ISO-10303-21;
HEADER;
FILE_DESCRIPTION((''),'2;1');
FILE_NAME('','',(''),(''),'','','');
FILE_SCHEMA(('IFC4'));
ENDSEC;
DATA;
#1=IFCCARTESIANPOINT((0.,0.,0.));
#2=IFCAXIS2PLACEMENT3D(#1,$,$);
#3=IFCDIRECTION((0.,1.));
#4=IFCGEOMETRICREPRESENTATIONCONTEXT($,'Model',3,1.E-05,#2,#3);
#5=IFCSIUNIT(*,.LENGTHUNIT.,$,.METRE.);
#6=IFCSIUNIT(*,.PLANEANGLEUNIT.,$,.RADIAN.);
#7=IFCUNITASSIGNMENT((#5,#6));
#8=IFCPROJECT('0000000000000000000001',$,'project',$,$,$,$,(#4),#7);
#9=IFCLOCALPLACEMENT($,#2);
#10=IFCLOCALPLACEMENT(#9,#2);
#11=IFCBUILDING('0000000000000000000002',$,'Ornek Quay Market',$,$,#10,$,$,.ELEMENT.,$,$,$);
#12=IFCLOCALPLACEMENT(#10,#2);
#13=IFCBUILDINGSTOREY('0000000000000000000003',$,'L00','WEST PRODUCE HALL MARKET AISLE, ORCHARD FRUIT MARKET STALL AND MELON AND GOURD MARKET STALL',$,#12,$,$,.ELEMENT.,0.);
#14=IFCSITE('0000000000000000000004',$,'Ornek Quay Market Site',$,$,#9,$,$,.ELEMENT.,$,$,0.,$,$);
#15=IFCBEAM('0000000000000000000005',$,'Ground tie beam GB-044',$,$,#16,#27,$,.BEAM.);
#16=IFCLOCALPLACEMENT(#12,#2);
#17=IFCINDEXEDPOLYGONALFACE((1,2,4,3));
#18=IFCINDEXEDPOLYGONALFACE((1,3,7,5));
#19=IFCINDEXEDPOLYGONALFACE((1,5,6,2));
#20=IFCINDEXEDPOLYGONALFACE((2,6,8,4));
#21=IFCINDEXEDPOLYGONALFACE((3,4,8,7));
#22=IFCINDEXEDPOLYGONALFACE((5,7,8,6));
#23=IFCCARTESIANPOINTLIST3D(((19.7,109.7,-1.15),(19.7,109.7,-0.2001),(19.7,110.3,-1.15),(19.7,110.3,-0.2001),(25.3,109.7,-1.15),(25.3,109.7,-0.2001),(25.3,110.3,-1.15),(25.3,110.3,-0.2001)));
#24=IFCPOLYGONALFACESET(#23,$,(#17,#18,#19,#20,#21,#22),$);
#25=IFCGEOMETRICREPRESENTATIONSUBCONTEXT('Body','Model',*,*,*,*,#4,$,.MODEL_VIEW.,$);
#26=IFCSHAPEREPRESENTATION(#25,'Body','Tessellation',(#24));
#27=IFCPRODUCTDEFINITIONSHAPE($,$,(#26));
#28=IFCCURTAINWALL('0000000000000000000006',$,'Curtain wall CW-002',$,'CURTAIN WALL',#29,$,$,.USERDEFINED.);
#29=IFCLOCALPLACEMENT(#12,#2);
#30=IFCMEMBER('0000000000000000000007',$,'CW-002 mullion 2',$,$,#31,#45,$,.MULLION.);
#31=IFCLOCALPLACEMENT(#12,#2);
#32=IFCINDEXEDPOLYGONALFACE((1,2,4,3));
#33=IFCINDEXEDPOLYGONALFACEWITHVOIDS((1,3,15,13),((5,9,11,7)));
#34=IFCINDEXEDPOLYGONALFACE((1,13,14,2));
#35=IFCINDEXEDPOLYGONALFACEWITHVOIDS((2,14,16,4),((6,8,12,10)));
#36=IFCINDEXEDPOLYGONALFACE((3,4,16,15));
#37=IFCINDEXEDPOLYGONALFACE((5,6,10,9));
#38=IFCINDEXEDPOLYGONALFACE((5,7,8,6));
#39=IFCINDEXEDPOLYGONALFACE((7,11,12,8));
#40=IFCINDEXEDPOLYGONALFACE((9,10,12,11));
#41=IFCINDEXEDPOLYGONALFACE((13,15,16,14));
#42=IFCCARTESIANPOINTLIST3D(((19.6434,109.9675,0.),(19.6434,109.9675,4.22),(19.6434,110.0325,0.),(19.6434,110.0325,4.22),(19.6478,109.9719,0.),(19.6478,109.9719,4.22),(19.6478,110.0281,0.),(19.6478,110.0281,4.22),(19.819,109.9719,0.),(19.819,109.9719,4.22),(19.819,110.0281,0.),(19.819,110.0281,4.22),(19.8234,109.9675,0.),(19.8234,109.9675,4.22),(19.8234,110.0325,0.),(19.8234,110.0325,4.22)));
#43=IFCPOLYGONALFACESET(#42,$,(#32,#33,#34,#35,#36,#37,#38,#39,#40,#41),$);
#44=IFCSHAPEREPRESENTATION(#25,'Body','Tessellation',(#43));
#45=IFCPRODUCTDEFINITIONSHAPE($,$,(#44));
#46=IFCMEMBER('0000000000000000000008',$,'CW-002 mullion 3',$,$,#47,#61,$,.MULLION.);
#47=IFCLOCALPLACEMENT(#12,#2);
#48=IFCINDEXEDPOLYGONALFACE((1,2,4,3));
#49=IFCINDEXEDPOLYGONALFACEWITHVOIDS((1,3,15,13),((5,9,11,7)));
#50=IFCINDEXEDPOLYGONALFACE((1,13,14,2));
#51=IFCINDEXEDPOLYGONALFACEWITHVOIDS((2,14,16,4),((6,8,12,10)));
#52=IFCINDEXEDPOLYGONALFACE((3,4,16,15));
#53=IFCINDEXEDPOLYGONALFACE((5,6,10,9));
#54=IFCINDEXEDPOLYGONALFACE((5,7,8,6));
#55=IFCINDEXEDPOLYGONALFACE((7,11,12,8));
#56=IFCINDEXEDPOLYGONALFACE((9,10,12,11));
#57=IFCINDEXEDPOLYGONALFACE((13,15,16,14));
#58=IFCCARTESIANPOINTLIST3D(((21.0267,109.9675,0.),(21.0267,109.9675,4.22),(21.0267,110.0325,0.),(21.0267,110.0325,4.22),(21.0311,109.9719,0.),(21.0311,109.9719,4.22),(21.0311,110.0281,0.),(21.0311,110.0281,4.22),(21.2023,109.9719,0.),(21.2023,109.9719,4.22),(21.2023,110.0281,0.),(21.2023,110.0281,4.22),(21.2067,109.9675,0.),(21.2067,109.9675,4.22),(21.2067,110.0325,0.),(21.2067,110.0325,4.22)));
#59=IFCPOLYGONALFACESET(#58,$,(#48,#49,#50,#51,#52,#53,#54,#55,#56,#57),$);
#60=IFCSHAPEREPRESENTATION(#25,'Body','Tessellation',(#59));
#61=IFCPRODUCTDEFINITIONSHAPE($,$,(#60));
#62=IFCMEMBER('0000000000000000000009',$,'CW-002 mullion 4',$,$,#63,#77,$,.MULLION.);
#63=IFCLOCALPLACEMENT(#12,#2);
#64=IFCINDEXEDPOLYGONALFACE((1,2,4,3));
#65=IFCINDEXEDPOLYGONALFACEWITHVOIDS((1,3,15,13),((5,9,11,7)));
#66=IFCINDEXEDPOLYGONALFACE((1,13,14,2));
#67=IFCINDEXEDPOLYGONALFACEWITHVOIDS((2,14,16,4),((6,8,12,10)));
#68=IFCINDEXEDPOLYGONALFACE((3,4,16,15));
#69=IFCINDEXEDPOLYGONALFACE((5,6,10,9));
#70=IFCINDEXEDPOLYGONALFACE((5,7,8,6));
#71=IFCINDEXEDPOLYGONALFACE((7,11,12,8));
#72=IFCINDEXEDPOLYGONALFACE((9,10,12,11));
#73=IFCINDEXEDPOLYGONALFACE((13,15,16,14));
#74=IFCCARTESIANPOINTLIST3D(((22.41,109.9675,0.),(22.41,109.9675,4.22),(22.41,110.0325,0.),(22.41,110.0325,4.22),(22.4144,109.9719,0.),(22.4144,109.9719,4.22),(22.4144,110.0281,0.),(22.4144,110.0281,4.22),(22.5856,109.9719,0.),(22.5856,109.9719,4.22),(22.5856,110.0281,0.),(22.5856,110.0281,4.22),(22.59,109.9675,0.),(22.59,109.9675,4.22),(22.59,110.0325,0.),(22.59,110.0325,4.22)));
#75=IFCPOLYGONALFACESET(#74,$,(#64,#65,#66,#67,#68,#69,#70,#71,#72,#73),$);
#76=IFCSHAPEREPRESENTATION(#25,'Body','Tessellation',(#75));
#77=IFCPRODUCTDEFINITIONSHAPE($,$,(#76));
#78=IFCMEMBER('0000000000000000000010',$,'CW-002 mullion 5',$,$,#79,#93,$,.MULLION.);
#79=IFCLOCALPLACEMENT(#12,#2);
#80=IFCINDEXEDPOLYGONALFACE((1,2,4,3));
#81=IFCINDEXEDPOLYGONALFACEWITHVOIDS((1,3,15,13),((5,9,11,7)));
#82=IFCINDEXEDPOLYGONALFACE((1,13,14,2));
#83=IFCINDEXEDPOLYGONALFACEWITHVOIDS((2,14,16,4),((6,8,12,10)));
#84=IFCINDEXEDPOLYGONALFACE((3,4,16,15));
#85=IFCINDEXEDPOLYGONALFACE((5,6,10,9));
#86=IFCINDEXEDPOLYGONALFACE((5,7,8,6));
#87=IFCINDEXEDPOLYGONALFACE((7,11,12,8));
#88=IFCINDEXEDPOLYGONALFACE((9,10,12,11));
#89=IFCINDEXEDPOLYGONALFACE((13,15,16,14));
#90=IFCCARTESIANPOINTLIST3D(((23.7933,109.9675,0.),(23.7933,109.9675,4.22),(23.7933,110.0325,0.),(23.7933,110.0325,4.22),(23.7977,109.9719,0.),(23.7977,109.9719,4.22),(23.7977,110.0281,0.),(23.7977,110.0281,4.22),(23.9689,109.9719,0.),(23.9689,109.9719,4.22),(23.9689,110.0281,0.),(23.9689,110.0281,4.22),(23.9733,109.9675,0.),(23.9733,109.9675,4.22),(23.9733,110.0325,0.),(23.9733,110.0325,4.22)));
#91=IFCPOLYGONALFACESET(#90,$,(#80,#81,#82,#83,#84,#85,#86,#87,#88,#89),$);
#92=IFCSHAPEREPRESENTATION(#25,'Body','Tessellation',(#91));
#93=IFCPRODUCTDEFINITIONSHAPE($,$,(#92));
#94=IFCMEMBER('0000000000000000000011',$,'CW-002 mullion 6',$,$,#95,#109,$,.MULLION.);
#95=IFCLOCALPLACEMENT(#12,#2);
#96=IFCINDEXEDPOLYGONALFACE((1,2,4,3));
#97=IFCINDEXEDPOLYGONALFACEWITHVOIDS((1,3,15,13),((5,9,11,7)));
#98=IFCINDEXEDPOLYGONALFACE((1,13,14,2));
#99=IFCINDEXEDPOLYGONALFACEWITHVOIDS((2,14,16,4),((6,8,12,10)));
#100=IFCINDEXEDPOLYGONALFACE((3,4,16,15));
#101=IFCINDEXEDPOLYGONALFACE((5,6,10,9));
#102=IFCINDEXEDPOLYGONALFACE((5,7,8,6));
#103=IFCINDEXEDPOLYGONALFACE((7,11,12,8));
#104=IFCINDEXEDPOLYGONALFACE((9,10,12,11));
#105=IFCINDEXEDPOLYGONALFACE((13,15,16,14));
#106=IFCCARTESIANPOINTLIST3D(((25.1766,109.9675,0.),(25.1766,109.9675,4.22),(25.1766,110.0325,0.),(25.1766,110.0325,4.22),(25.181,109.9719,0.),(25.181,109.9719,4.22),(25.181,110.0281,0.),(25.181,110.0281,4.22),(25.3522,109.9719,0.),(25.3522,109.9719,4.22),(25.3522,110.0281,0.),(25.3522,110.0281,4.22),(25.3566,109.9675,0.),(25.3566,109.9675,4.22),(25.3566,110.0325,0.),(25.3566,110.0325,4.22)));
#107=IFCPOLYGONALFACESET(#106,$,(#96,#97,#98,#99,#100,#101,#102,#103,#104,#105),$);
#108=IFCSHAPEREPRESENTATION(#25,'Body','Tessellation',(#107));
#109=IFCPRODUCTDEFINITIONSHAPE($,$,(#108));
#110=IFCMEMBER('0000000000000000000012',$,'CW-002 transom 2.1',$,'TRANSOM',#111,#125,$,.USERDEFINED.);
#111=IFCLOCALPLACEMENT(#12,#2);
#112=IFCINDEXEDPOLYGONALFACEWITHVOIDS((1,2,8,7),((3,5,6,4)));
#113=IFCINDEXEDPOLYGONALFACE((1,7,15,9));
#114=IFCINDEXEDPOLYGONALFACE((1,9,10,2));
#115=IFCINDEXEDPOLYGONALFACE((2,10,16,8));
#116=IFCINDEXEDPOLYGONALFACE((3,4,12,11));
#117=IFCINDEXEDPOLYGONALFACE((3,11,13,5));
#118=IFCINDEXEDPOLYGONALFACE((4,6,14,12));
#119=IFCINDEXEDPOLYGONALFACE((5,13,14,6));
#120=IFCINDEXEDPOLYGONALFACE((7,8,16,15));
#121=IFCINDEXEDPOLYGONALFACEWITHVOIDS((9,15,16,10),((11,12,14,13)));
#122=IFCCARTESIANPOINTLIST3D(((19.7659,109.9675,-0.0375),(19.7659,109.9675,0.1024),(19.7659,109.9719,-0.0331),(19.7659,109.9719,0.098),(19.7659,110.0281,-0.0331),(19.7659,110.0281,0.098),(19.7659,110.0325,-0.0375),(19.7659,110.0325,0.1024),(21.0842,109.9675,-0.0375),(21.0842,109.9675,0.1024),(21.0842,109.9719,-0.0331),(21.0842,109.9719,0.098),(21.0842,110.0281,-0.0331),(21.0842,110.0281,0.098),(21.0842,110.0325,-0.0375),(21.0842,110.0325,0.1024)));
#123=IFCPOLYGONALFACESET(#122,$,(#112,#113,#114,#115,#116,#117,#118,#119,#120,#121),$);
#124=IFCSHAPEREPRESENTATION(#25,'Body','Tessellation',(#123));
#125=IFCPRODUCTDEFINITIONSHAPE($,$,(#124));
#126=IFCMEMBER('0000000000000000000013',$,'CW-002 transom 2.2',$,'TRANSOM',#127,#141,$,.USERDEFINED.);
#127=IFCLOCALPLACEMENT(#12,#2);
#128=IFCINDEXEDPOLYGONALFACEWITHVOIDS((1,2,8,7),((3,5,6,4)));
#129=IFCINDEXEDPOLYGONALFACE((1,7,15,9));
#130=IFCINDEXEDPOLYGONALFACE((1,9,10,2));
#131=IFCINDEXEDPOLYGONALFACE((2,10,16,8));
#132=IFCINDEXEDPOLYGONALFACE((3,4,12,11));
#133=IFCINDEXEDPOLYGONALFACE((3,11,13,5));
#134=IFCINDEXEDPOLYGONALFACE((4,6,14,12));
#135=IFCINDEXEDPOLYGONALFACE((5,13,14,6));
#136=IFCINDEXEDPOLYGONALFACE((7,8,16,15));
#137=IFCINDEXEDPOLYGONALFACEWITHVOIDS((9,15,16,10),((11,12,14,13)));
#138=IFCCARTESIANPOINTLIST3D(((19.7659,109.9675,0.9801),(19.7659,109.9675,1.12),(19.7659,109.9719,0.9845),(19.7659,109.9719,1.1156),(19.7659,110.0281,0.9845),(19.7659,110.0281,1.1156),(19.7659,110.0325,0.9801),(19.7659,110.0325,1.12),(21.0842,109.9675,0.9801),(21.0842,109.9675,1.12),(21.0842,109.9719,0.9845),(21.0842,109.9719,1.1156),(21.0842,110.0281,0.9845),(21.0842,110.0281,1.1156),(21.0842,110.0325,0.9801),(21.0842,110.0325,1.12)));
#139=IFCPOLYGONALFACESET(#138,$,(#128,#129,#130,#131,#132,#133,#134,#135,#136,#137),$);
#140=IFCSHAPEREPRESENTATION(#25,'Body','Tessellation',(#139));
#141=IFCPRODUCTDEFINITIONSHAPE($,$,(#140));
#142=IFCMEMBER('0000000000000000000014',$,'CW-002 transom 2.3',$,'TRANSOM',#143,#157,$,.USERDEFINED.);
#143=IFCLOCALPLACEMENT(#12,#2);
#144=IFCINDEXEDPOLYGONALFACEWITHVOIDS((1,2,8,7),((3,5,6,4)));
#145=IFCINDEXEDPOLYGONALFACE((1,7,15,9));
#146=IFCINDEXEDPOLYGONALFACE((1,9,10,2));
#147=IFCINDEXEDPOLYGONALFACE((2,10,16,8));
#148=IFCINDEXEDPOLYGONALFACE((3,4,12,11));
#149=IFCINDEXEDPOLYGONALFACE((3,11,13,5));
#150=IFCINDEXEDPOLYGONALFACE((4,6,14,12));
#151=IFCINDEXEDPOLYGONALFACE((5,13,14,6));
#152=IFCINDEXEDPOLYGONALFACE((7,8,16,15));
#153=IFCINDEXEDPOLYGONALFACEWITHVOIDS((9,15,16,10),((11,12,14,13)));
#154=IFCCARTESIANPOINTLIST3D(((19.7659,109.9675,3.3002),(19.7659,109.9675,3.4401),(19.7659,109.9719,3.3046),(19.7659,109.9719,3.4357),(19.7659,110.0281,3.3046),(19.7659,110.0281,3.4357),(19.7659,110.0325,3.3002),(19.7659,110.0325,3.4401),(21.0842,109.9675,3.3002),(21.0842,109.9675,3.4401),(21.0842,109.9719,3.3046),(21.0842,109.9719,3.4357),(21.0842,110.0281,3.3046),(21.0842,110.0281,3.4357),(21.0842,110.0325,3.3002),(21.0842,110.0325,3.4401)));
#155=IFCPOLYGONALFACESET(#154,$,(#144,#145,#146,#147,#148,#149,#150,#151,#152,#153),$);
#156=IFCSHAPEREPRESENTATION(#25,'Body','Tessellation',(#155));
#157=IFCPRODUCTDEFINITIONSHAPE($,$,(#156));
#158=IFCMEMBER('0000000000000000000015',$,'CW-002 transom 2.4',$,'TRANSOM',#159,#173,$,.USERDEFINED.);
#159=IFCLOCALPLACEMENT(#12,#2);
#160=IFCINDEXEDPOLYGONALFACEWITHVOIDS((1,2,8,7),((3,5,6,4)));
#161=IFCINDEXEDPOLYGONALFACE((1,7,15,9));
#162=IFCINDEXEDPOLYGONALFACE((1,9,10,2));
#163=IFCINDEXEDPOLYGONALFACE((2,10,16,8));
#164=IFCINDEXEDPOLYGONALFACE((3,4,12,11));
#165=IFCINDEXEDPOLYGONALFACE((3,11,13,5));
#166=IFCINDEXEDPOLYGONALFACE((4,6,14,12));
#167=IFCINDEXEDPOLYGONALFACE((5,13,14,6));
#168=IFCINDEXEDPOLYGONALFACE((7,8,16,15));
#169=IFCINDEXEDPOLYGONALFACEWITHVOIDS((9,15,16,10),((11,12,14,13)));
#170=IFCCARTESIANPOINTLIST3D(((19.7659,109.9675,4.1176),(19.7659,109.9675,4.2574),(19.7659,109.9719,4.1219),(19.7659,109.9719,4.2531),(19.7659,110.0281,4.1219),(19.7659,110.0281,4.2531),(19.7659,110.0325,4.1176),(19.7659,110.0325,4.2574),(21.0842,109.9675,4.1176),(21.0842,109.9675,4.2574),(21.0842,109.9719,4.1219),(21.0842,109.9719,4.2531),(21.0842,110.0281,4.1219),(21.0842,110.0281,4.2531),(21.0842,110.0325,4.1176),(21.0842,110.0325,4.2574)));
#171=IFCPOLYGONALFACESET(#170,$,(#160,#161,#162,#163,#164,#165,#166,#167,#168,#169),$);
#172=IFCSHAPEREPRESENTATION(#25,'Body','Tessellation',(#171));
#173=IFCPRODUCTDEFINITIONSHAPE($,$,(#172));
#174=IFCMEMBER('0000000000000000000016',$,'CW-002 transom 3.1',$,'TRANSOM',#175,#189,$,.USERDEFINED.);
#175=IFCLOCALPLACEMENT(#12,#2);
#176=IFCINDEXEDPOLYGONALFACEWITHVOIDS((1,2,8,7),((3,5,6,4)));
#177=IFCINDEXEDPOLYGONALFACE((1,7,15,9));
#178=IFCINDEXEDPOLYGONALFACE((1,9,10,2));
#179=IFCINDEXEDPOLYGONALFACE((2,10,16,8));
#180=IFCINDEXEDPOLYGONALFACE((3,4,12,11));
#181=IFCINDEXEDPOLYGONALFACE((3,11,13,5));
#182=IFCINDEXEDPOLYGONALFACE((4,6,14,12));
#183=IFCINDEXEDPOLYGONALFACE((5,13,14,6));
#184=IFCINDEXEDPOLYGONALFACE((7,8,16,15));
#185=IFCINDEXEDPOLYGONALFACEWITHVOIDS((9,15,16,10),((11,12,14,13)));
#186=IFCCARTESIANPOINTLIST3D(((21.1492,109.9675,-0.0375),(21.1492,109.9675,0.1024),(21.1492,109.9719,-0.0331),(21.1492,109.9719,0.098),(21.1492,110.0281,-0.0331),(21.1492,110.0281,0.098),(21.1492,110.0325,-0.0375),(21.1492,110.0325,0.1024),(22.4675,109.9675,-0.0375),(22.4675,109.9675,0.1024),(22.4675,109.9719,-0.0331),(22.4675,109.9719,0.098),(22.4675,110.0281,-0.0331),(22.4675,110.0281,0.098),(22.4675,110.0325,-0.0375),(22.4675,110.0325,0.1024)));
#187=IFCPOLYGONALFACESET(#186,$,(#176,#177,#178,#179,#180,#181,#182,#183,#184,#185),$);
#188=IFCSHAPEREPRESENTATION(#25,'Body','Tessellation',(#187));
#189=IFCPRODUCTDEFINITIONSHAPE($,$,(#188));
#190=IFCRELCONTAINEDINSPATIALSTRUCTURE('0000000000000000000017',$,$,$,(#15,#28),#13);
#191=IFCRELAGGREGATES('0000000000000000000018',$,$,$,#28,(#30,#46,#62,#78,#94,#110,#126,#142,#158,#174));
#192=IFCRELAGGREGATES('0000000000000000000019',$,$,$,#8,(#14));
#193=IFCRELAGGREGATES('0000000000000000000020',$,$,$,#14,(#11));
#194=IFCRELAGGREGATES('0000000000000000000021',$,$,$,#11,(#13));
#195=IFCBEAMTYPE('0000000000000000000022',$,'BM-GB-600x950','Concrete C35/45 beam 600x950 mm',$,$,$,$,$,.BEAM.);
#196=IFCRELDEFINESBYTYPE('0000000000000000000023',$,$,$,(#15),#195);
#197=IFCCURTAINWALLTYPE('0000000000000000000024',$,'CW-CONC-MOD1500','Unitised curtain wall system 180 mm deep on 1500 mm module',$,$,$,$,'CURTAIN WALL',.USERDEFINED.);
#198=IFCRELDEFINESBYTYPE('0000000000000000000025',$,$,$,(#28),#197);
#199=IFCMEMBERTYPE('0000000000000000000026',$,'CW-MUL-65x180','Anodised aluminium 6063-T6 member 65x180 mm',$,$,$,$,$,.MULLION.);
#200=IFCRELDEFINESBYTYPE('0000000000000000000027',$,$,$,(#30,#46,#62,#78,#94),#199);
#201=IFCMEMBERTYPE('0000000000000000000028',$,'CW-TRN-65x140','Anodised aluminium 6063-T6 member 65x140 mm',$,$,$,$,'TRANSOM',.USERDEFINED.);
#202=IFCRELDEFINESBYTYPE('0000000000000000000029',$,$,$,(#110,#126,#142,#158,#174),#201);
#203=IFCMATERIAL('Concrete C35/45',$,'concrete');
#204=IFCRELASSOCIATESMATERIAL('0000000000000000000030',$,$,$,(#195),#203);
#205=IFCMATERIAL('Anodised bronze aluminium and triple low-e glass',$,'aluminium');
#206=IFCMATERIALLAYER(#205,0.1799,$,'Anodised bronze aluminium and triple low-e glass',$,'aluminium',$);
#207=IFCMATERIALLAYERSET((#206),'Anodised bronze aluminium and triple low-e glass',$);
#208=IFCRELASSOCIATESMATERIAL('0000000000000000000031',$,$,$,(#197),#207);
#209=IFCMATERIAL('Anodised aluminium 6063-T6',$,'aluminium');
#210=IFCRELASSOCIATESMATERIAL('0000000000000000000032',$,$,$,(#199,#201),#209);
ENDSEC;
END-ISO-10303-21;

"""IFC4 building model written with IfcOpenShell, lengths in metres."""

from ifc_helpers import new_model, si_unit, direction, frame, origin, origin_2d, place, context, subcontext, project, spatial, rectangle, hollow_rectangle, extrude, material, layer, layer_set, material_profile, profile_set, type_object, element, aggregate, save


model = new_model("IFC4")

# Units and contexts
model_context = context("Model", 3, precision=1e-05, world=origin(), true_north=direction((0.0, 1.0)))
body_context = subcontext(model_context, "Body", "Model", "MODEL_VIEW")
ifc_project = project(units=[si_unit("LENGTHUNIT", "METRE"), si_unit("PLANEANGLEUNIT", "RADIAN")], contexts=[model_context])

# Site, building, storey
site_placement = place(None, origin())
site = spatial("IfcSite", under=ifc_project, at=site_placement, Name="Ornek Quay Market Site", CompositionType="ELEMENT", RefElevation=0.0)
building_placement = place(site_placement, origin())
building = spatial("IfcBuilding", under=site, at=building_placement, Name="Ornek Quay Market", CompositionType="ELEMENT")
storey_placement = place(building_placement, origin())
storey = spatial("IfcBuildingStorey", under=building, at=storey_placement, Name="L00", Description="WEST PRODUCE HALL MARKET AISLE, ORCHARD FRUIT MARKET STALL AND MELON AND GOURD MARKET STALL", CompositionType="ELEMENT", Elevation=0.0)

# Beam
ifc_material_1 = material(Name="Concrete C35/45", Category="concrete")
ifc_material_profile_1 = material_profile(ifc_material_1, rectangle(XDim=0.6001, YDim=0.95, at=origin_2d()), Name="RC 600x950", Category="concrete")
ifc_profile_set_1 = profile_set([ifc_material_profile_1], Name="Concrete C35/45")
beam_type = type_object("IfcBeamType", Name="BM-GB-600x950", Description="Concrete C35/45 beam 600x950 mm", PredefinedType="BEAM", material=ifc_profile_set_1)
beam_placement = place(storey_placement, frame((19.7, 110.0, -0.675), z_axis=(1.0, 0.0, 0.0), x_axis=(0.0, 1.0, 0.0)))
element("IfcBeam", 1, at=beam_placement, inside=storey, type_object=beam_type, Name="Ground tie beam GB-044", PredefinedType="BEAM", context=body_context, shape_type="SweptSolid", body=[
    extrude(rectangle(XDim=0.6001, YDim=0.95, at=origin_2d()), origin(), (0.0, 0.0, 1.0), 5.6001),
])

# Curtain wall, members
ifc_material_2 = material(Name="Anodised bronze aluminium and triple low-e glass", Category="aluminium")
ifc_layer_1 = layer(ifc_material_2, 0.1799, Name="Anodised bronze aluminium and triple low-e glass", Category="aluminium")
ifc_layer_set_1 = layer_set([ifc_layer_1], Name="Anodised bronze aluminium and triple low-e glass")
curtain_wall_type = type_object("IfcCurtainWallType", Name="CW-CONC-MOD1500", Description="Unitised curtain wall system 180 mm deep on 1500 mm module", ElementType="CURTAIN WALL", PredefinedType="USERDEFINED", material=ifc_layer_set_1)
curtain_wall_placement = place(storey_placement, origin())
curtain_wall = element("IfcCurtainWall", 2, at=curtain_wall_placement, inside=storey, type_object=curtain_wall_type, Name="Curtain wall CW-002", ObjectType="CURTAIN WALL", PredefinedType="USERDEFINED")
ifc_material_3 = material(Name="Anodised aluminium 6063-T6", Category="aluminium")
ifc_material_profile_2 = material_profile(ifc_material_3, hollow_rectangle(XDim=0.0649, YDim=0.1799, WallThickness=0.0044, at=origin_2d()), Name="CW-MUL-65x180", Category="aluminium")
ifc_profile_set_2 = profile_set([ifc_material_profile_2], Name="Anodised aluminium 6063-T6")
member_type_1 = type_object("IfcMemberType", Name="CW-MUL-65x180", Description="Anodised aluminium 6063-T6 member 65x180 mm", PredefinedType="MULLION", material=ifc_profile_set_2)
member_1_placement = place(storey_placement, frame((19.7334, 110.0, 0.0), z_axis=(0.0, 0.0, 1.0), x_axis=(0.0, 1.0, 0.0)))
member_1 = element("IfcMember", 3, at=member_1_placement, type_object=member_type_1, Name="CW-002 mullion 2", PredefinedType="MULLION", context=body_context, shape_type="SweptSolid", body=[
    extrude(hollow_rectangle(XDim=0.0649, YDim=0.1799, WallThickness=0.0044, at=origin_2d()), origin(), (0.0, 0.0, 1.0), 4.22),
])
member_2_placement = place(storey_placement, frame((21.1167, 110.0, 0.0), z_axis=(0.0, 0.0, 1.0), x_axis=(0.0, 1.0, 0.0)))
member_2 = element("IfcMember", 4, at=member_2_placement, type_object=member_type_1, Name="CW-002 mullion 3", PredefinedType="MULLION", context=body_context, shape_type="SweptSolid", body=[
    extrude(hollow_rectangle(XDim=0.0649, YDim=0.1799, WallThickness=0.0044, at=origin_2d()), origin(), (0.0, 0.0, 1.0), 4.22),
])
member_3_placement = place(storey_placement, frame((22.5, 110.0, 0.0), z_axis=(0.0, 0.0, 1.0), x_axis=(0.0, 1.0, 0.0)))
member_3 = element("IfcMember", 5, at=member_3_placement, type_object=member_type_1, Name="CW-002 mullion 4", PredefinedType="MULLION", context=body_context, shape_type="SweptSolid", body=[
    extrude(hollow_rectangle(XDim=0.0649, YDim=0.1799, WallThickness=0.0044, at=origin_2d()), origin(), (0.0, 0.0, 1.0), 4.22),
])
member_4_placement = place(storey_placement, frame((23.8833, 110.0, 0.0), z_axis=(0.0, 0.0, 1.0), x_axis=(0.0, 1.0, 0.0)))
member_4 = element("IfcMember", 6, at=member_4_placement, type_object=member_type_1, Name="CW-002 mullion 5", PredefinedType="MULLION", context=body_context, shape_type="SweptSolid", body=[
    extrude(hollow_rectangle(XDim=0.0649, YDim=0.1799, WallThickness=0.0044, at=origin_2d()), origin(), (0.0, 0.0, 1.0), 4.22),
])
member_5_placement = place(storey_placement, frame((25.2666, 110.0, 0.0), z_axis=(0.0, 0.0, 1.0), x_axis=(0.0, 1.0, 0.0)))
member_5 = element("IfcMember", 7, at=member_5_placement, type_object=member_type_1, Name="CW-002 mullion 6", PredefinedType="MULLION", context=body_context, shape_type="SweptSolid", body=[
    extrude(hollow_rectangle(XDim=0.0649, YDim=0.1799, WallThickness=0.0044, at=origin_2d()), origin(), (0.0, 0.0, 1.0), 4.22),
])
ifc_material_profile_3 = material_profile(ifc_material_3, hollow_rectangle(XDim=0.0649, YDim=0.1399, WallThickness=0.0044, at=origin_2d()), Name="CW-TRN-65x140", Category="aluminium")
ifc_profile_set_3 = profile_set([ifc_material_profile_3], Name="Anodised aluminium 6063-T6")
member_type_2 = type_object("IfcMemberType", Name="CW-TRN-65x140", Description="Anodised aluminium 6063-T6 member 65x140 mm", ElementType="TRANSOM", PredefinedType="USERDEFINED", material=ifc_profile_set_3)
member_6_placement = place(storey_placement, frame((19.7659, 110.0, 0.0325), z_axis=(1.0, 0.0, 0.0), x_axis=(0.0, 1.0, 0.0)))
member_6 = element("IfcMember", 8, at=member_6_placement, type_object=member_type_2, Name="CW-002 transom 2.1", ObjectType="TRANSOM", PredefinedType="USERDEFINED", context=body_context, shape_type="SweptSolid", body=[
    extrude(hollow_rectangle(XDim=0.0649, YDim=0.1399, WallThickness=0.0044, at=origin_2d()), origin(), (0.0, 0.0, 1.0), 1.3184),
])
member_7_placement = place(storey_placement, frame((19.7659, 110.0, 1.05), z_axis=(1.0, 0.0, 0.0), x_axis=(0.0, 1.0, 0.0)))
member_7 = element("IfcMember", 9, at=member_7_placement, type_object=member_type_2, Name="CW-002 transom 2.2", ObjectType="TRANSOM", PredefinedType="USERDEFINED", context=body_context, shape_type="SweptSolid", body=[
    extrude(hollow_rectangle(XDim=0.0649, YDim=0.1399, WallThickness=0.0044, at=origin_2d()), origin(), (0.0, 0.0, 1.0), 1.3184),
])
member_8_placement = place(storey_placement, frame((19.7659, 110.0, 3.3701), z_axis=(1.0, 0.0, 0.0), x_axis=(0.0, 1.0, 0.0)))
member_8 = element("IfcMember", 10, at=member_8_placement, type_object=member_type_2, Name="CW-002 transom 2.3", ObjectType="TRANSOM", PredefinedType="USERDEFINED", context=body_context, shape_type="SweptSolid", body=[
    extrude(hollow_rectangle(XDim=0.0649, YDim=0.1399, WallThickness=0.0044, at=origin_2d()), origin(), (0.0, 0.0, 1.0), 1.3184),
])
member_9_placement = place(storey_placement, frame((19.7659, 110.0, 4.1875), z_axis=(1.0, 0.0, 0.0), x_axis=(0.0, 1.0, 0.0)))
member_9 = element("IfcMember", 11, at=member_9_placement, type_object=member_type_2, Name="CW-002 transom 2.4", ObjectType="TRANSOM", PredefinedType="USERDEFINED", context=body_context, shape_type="SweptSolid", body=[
    extrude(hollow_rectangle(XDim=0.0649, YDim=0.1399, WallThickness=0.0044, at=origin_2d()), origin(), (0.0, 0.0, 1.0), 1.3184),
])
member_10_placement = place(storey_placement, frame((21.1492, 110.0, 0.0325), z_axis=(1.0, 0.0, 0.0), x_axis=(0.0, 1.0, 0.0)))
member_10 = element("IfcMember", 12, at=member_10_placement, type_object=member_type_2, Name="CW-002 transom 3.1", ObjectType="TRANSOM", PredefinedType="USERDEFINED", context=body_context, shape_type="SweptSolid", body=[
    extrude(hollow_rectangle(XDim=0.0649, YDim=0.1399, WallThickness=0.0044, at=origin_2d()), origin(), (0.0, 0.0, 1.0), 1.3184),
])
aggregate(curtain_wall, [member_1, member_2, member_3, member_4, member_5, member_6, member_7, member_8, member_9, member_10])

save(model, "model.ifc")
